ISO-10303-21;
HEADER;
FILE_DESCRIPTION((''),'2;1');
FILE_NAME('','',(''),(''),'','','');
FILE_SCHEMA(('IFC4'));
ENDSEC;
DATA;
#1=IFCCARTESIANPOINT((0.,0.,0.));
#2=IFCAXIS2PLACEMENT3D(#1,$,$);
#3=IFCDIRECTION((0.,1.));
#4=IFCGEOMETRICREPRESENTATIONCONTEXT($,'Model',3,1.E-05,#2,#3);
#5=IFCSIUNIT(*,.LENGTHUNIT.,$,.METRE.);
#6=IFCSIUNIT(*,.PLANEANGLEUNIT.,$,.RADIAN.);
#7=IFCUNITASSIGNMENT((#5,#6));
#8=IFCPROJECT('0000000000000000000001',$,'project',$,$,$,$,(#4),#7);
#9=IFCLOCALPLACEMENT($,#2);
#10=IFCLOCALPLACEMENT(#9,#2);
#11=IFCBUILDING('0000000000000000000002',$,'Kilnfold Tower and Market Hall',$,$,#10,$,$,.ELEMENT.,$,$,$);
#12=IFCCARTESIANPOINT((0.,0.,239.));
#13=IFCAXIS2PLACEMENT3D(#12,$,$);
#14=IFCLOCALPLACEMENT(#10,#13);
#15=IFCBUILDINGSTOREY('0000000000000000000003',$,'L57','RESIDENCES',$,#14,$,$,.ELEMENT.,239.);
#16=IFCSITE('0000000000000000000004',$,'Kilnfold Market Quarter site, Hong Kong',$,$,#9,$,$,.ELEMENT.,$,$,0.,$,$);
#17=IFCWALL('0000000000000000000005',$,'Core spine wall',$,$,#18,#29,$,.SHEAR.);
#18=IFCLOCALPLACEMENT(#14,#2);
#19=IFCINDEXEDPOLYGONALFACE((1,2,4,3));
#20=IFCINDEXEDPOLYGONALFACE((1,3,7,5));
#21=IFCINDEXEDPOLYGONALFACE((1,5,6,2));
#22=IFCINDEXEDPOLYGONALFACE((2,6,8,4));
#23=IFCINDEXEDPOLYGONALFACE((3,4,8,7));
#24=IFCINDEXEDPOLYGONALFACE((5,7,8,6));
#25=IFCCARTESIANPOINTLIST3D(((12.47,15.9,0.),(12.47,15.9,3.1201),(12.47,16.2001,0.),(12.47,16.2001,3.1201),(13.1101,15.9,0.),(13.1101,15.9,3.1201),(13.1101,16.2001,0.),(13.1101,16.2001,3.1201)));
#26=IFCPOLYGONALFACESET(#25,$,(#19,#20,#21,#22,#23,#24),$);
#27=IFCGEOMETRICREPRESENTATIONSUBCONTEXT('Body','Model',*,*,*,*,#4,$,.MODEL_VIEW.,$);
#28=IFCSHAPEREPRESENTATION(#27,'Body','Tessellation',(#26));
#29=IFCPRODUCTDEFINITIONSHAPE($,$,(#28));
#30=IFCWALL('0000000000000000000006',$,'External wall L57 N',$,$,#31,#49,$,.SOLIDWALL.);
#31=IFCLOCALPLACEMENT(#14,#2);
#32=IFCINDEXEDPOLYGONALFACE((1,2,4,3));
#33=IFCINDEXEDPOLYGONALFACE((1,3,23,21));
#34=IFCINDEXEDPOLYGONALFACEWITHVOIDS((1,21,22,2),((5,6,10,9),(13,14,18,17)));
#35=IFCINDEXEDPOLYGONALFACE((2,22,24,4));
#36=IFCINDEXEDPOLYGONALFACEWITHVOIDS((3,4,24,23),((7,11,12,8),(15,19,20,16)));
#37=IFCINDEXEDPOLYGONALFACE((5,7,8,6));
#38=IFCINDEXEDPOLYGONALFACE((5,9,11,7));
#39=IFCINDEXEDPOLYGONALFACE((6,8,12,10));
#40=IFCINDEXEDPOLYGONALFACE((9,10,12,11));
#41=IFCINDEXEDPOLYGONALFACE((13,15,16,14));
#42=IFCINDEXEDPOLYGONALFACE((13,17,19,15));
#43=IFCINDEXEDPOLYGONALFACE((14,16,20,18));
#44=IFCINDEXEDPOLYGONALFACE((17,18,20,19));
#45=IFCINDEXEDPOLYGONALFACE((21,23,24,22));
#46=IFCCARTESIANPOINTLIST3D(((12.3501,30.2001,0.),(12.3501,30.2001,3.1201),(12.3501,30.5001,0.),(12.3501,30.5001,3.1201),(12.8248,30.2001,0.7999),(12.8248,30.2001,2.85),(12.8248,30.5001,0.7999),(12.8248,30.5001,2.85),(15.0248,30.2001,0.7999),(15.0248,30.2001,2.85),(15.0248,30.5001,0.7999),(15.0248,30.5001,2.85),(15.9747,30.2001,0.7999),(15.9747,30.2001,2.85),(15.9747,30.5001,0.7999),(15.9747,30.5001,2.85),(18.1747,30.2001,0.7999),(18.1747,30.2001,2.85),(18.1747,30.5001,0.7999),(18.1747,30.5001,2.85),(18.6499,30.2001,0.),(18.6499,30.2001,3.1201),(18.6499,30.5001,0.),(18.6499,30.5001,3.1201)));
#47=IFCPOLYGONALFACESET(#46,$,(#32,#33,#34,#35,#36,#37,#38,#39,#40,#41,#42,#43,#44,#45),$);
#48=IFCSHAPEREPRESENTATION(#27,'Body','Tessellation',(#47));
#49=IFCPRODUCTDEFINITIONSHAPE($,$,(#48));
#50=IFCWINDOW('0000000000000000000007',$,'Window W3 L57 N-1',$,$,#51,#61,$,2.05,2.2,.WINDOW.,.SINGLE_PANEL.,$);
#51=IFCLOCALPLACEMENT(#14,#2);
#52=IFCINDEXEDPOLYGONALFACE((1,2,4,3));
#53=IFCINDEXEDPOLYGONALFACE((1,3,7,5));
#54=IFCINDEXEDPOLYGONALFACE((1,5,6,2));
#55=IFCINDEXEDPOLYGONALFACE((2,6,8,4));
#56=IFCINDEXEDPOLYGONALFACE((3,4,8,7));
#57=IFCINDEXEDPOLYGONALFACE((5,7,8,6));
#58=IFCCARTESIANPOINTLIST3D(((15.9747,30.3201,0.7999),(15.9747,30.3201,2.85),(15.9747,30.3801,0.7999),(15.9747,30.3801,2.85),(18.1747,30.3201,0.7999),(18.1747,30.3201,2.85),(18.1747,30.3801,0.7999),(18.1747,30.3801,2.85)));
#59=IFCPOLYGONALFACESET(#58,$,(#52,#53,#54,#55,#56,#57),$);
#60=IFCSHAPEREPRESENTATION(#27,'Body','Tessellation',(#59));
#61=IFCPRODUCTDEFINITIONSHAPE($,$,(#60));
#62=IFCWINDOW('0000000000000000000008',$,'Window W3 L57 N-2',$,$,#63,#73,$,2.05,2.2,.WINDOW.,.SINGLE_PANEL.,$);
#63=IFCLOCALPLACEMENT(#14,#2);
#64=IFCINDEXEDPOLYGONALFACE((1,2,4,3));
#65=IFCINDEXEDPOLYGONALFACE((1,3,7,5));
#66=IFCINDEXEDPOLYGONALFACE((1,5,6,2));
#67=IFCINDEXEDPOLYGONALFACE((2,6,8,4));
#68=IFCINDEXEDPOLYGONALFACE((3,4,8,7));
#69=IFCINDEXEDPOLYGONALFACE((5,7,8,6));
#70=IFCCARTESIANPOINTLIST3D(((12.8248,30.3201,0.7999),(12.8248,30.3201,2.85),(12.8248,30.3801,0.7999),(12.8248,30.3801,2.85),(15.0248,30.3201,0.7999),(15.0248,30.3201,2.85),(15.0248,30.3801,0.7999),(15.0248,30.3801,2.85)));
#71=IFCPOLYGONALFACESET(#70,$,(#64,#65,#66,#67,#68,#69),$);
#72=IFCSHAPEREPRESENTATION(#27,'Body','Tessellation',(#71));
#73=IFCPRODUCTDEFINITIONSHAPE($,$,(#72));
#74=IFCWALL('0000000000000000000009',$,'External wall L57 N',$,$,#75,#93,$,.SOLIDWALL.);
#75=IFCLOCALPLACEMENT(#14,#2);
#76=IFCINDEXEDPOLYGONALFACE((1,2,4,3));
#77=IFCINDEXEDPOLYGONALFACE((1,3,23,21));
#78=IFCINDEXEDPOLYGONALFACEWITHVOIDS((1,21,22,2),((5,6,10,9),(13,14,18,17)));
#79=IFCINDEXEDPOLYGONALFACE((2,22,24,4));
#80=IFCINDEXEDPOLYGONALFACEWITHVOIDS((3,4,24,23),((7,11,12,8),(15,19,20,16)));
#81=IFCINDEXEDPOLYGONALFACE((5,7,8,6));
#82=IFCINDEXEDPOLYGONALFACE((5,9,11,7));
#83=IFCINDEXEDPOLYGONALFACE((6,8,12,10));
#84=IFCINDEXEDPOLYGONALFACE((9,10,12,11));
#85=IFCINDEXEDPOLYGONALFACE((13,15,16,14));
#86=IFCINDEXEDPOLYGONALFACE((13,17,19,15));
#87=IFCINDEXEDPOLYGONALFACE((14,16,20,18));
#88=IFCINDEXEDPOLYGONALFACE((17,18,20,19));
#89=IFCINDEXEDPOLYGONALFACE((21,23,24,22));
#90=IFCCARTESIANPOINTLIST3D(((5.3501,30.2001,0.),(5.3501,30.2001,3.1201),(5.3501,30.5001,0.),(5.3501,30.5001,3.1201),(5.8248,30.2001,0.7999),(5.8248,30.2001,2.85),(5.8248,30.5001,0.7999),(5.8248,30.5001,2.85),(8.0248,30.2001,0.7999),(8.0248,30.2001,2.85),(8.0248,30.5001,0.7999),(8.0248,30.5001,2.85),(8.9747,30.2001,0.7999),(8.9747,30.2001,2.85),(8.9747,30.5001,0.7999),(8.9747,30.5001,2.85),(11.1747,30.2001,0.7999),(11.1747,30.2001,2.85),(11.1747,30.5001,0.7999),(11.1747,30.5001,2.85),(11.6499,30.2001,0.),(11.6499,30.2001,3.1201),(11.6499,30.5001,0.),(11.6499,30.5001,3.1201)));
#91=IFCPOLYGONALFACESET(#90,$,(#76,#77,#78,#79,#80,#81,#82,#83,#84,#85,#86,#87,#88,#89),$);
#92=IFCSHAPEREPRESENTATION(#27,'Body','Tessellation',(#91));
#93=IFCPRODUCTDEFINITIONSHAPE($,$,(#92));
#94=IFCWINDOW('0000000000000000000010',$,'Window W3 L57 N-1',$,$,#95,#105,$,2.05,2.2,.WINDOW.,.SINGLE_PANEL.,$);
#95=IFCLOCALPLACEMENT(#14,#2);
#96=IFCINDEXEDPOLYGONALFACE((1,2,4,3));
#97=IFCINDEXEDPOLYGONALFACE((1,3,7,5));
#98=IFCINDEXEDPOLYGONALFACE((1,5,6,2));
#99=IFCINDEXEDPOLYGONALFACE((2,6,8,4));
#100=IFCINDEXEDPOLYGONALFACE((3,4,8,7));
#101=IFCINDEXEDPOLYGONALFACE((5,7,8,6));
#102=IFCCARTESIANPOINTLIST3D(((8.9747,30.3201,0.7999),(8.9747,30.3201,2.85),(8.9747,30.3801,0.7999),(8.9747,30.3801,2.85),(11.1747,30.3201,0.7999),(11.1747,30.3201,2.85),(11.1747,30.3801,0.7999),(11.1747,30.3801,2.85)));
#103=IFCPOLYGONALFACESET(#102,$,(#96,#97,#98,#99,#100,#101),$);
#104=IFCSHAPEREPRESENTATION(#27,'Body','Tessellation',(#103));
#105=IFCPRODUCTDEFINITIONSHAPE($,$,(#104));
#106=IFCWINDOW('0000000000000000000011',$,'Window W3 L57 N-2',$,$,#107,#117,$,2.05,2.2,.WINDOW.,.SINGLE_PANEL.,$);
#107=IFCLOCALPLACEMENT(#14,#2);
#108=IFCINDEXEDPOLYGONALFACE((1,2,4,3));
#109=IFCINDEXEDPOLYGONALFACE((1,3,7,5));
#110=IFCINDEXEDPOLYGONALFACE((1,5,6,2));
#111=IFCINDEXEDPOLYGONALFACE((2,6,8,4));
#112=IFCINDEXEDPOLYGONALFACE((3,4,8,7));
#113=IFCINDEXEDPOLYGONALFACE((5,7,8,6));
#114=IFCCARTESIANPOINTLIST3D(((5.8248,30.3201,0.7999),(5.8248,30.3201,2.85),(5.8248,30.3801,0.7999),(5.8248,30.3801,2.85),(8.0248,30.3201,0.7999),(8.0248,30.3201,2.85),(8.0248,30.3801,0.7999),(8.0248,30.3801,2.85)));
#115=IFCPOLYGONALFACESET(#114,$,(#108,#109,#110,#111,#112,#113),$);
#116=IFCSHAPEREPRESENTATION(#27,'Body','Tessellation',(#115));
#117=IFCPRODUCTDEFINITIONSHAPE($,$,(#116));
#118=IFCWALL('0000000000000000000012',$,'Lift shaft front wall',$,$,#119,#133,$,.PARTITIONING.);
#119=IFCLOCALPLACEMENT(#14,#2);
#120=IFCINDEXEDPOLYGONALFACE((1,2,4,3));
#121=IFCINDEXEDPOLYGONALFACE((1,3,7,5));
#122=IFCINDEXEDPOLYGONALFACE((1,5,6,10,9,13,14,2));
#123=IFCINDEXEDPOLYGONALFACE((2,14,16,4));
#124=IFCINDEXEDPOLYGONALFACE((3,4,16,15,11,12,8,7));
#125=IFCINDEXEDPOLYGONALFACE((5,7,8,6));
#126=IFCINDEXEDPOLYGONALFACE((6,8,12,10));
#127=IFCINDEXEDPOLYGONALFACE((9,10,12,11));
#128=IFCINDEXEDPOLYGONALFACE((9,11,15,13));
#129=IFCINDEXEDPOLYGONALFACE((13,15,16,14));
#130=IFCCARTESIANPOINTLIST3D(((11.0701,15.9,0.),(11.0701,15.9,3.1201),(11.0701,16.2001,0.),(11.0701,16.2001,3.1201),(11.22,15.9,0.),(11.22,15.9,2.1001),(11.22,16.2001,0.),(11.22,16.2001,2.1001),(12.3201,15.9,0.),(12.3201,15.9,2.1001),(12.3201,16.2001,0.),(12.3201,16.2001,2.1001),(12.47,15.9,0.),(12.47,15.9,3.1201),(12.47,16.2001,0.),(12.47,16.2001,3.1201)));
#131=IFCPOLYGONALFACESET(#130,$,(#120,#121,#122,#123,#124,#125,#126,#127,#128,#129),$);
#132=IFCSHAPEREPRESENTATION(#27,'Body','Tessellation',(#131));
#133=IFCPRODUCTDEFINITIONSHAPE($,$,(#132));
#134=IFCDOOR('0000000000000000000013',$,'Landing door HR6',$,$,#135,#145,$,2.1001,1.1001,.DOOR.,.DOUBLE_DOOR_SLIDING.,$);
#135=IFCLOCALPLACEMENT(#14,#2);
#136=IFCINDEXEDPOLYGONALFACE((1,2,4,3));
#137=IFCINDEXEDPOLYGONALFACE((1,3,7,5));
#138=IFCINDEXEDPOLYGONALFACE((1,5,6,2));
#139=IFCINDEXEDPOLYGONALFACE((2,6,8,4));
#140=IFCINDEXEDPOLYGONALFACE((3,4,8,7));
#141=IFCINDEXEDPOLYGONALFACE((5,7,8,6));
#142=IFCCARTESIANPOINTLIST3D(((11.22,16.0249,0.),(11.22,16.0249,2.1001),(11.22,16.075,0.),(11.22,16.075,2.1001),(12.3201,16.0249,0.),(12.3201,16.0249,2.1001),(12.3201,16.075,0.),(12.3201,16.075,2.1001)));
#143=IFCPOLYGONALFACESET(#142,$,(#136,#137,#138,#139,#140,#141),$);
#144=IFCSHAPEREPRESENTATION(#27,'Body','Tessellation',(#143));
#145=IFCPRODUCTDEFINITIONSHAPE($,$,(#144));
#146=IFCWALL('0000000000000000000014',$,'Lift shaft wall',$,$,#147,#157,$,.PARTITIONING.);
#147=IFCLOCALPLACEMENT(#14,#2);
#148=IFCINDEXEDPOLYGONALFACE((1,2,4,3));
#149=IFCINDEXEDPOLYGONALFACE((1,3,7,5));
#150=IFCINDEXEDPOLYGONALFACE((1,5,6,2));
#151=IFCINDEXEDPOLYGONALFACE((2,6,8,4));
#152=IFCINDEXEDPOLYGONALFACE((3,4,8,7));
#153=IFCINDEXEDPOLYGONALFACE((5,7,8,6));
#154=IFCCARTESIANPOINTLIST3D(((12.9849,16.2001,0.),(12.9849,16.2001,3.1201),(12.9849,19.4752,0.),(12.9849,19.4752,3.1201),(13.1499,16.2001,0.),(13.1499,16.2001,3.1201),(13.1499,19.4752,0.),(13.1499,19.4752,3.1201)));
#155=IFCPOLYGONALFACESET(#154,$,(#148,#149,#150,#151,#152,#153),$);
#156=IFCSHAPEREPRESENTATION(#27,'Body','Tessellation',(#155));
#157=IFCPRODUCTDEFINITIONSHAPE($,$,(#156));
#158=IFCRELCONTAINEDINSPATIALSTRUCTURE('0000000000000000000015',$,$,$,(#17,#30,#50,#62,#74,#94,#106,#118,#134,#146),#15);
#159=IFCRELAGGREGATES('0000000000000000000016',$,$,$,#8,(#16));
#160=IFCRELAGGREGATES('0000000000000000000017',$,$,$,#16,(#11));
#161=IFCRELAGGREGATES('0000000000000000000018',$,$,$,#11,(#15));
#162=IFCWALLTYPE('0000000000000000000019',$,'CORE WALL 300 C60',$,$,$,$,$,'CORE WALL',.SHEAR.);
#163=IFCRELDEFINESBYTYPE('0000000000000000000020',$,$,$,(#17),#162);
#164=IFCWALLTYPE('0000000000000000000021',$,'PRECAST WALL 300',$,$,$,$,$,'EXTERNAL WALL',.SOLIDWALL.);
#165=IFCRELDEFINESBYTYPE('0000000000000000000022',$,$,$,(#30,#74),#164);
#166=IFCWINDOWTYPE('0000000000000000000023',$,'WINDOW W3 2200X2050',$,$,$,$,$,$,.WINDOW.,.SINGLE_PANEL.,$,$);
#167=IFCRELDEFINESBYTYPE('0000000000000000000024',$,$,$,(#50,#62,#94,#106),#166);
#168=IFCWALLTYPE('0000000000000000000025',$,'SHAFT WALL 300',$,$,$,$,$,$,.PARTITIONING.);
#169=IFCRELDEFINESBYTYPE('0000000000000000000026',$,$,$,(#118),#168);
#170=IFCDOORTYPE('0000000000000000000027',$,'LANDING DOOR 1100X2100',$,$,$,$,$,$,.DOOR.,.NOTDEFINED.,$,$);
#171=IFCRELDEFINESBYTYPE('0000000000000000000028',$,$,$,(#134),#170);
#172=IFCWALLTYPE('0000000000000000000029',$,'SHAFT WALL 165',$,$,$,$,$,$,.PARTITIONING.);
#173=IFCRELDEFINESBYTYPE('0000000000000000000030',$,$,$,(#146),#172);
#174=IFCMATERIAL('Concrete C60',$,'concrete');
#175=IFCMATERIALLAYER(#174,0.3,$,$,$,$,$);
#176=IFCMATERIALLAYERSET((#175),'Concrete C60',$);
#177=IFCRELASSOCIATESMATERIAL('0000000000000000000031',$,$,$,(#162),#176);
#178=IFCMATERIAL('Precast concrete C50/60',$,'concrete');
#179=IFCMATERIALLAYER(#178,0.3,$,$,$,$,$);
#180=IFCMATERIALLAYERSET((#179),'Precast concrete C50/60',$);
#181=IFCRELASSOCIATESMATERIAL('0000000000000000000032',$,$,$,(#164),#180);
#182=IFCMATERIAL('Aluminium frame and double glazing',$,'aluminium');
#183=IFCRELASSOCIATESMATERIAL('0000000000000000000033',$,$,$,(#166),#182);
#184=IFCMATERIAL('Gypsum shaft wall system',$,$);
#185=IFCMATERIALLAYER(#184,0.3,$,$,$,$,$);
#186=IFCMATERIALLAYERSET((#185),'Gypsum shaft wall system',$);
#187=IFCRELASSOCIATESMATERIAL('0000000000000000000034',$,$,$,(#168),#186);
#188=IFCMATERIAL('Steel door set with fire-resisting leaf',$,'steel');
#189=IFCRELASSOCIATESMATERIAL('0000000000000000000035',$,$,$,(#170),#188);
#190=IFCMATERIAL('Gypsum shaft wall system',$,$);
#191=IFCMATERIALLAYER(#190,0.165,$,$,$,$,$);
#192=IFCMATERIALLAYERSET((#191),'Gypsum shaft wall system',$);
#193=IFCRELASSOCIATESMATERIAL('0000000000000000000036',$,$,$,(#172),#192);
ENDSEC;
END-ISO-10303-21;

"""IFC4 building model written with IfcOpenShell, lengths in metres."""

from ifc_helpers import new_model, si_unit, direction, frame, frame_2d, origin, place, context, subcontext, project, spatial, rectangle, extrude, source, transform, mapped, material, layer, layer_set, type_object, element, fill, save


model = new_model("IFC4")

# Units and contexts
model_context = context("Model", 3, precision=1e-05, world=origin(), true_north=direction((0.0, 1.0)))
body_context = subcontext(model_context, "Body", "Model", "MODEL_VIEW")
ifc_project = project(units=[si_unit("LENGTHUNIT", "METRE"), si_unit("PLANEANGLEUNIT", "RADIAN")], contexts=[model_context])

# Site, building, storey
site_placement = place(None, origin())
site = spatial("IfcSite", under=ifc_project, at=site_placement, Name="Kilnfold Market Quarter site, Hong Kong", CompositionType="ELEMENT", RefElevation=0.0)
building_placement = place(site_placement, origin())
building = spatial("IfcBuilding", under=site, at=building_placement, Name="Kilnfold Tower and Market Hall", CompositionType="ELEMENT")
storey_placement = place(building_placement, frame((0.0, 0.0, 239.0)))
storey = spatial("IfcBuildingStorey", under=building, at=storey_placement, Name="L57", Description="RESIDENCES", CompositionType="ELEMENT", Elevation=239.0)

# Wall
ifc_material_1 = material(Name="Concrete C60", Category="concrete")
ifc_layer_1 = layer(ifc_material_1, 0.3)
ifc_layer_set_1 = layer_set([ifc_layer_1], Name="Concrete C60")
wall_type_1 = type_object("IfcWallType", Name="CORE WALL 300 C60", ElementType="CORE WALL", PredefinedType="SHEAR", material=ifc_layer_set_1)
shared_shape_1 = source(origin(), body_context, "Body", "SweptSolid", [
    extrude(rectangle(XDim=0.6401, YDim=0.3, at=frame_2d((0.3201, 0.0))), origin(), (0.0, 0.0, 1.0), 3.1201),
])
wall_1_placement = place(storey_placement, frame((12.47, 16.05, 0.0), z_axis=(0.0, 0.0, 1.0), x_axis=(1.0, 0.0, 0.0)))
element("IfcWall", 1, at=wall_1_placement, inside=storey, type_object=wall_type_1, Name="Core spine wall", PredefinedType="SHEAR", context=body_context, shape_type="MappedRepresentation", body=[
    mapped(shared_shape_1, transform((0.0, 0.0, 0.0))),
])

# Walls, openings, windows
ifc_material_2 = material(Name="Precast concrete C50/60", Category="concrete")
ifc_layer_2 = layer(ifc_material_2, 0.3)
ifc_layer_set_2 = layer_set([ifc_layer_2], Name="Precast concrete C50/60")
wall_type_2 = type_object("IfcWallType", Name="PRECAST WALL 300", ElementType="EXTERNAL WALL", PredefinedType="SOLIDWALL", material=ifc_layer_set_2)
shared_shape_2 = source(origin(), body_context, "Body", "SweptSolid", [
    extrude(rectangle(XDim=6.2998, YDim=0.3, at=frame_2d((3.1499, 0.0))), origin(), (0.0, 0.0, 1.0), 3.1201),
])
wall_2_placement = place(storey_placement, frame((18.6499, 30.3501, 0.0), z_axis=(0.0, 0.0, 1.0), x_axis=(-1.0, 0.0, 0.0)))
wall_2 = element("IfcWall", 2, at=wall_2_placement, inside=storey, type_object=wall_type_2, Name="External wall L57 N", PredefinedType="SOLIDWALL", context=body_context, shape_type="MappedRepresentation", body=[
    mapped(shared_shape_2, transform((0.0, 0.0, 0.0))),
])
opening_1_placement = place(wall_2_placement, frame((0.4751, 0.0, 0.8)))
opening_1 = element("IfcOpeningElement", 3, at=opening_1_placement, cuts=wall_2, PredefinedType="OPENING", context=body_context, shape_type="SweptSolid", body=[
    extrude(rectangle(XDim=2.2, YDim=2.05, at=frame_2d((1.1001, 1.0249))), frame((0.0, 0.1602, 0.0), z_axis=(0.0, -1.0, 0.0), x_axis=(1.0, 0.0, 0.0)), (0.0, 0.0, 1.0), 0.3201),
])
opening_2_placement = place(wall_2_placement, frame((3.625, 0.0, 0.8)))
opening_2 = element("IfcOpeningElement", 4, at=opening_2_placement, cuts=wall_2, PredefinedType="OPENING", context=body_context, shape_type="SweptSolid", body=[
    extrude(rectangle(XDim=2.2, YDim=2.05, at=frame_2d((1.1001, 1.0249))), frame((0.0, 0.1602, 0.0), z_axis=(0.0, -1.0, 0.0), x_axis=(1.0, 0.0, 0.0)), (0.0, 0.0, 1.0), 0.3201),
])
ifc_material_3 = material(Name="Aluminium frame and double glazing", Category="aluminium")
window_type = type_object("IfcWindowType", Name="WINDOW W3 2200X2050", PartitioningType="SINGLE_PANEL", PredefinedType="WINDOW", material=ifc_material_3)
window_1_placement = place(opening_1_placement, origin())
window_1 = element("IfcWindow", 5, at=window_1_placement, inside=storey, type_object=window_type, Name="Window W3 L57 N-1", OverallHeight=2.05, OverallWidth=2.2, PartitioningType="SINGLE_PANEL", PredefinedType="WINDOW", context=body_context, shape_type="SweptSolid", body=[
    extrude(rectangle(XDim=2.2, YDim=2.05, at=frame_2d((1.1001, 1.0249))), frame((0.0, 0.03, 0.0), z_axis=(0.0, -1.0, 0.0), x_axis=(1.0, 0.0, 0.0)), (0.0, 0.0, 1.0), 0.0601),
])
fill(opening_1, window_1)
window_2_placement = place(opening_2_placement, origin())
window_2 = element("IfcWindow", 6, at=window_2_placement, inside=storey, type_object=window_type, Name="Window W3 L57 N-2", OverallHeight=2.05, OverallWidth=2.2, PartitioningType="SINGLE_PANEL", PredefinedType="WINDOW", context=body_context, shape_type="SweptSolid", body=[
    extrude(rectangle(XDim=2.2, YDim=2.05, at=frame_2d((1.1001, 1.0249))), frame((0.0, 0.03, 0.0), z_axis=(0.0, -1.0, 0.0), x_axis=(1.0, 0.0, 0.0)), (0.0, 0.0, 1.0), 0.0601),
])
fill(opening_2, window_2)
wall_3_placement = place(storey_placement, frame((11.6499, 30.3501, 0.0), z_axis=(0.0, 0.0, 1.0), x_axis=(-1.0, 0.0, 0.0)))
wall_3 = element("IfcWall", 7, at=wall_3_placement, inside=storey, type_object=wall_type_2, Name="External wall L57 N", PredefinedType="SOLIDWALL", context=body_context, shape_type="MappedRepresentation", body=[
    mapped(shared_shape_2, transform((0.0, 0.0, 0.0))),
])
opening_3_placement = place(wall_3_placement, frame((0.4751, 0.0, 0.8)))
opening_3 = element("IfcOpeningElement", 8, at=opening_3_placement, cuts=wall_3, PredefinedType="OPENING", context=body_context, shape_type="SweptSolid", body=[
    extrude(rectangle(XDim=2.2, YDim=2.05, at=frame_2d((1.1001, 1.0249))), frame((0.0, 0.1602, 0.0), z_axis=(0.0, -1.0, 0.0), x_axis=(1.0, 0.0, 0.0)), (0.0, 0.0, 1.0), 0.3201),
])
opening_4_placement = place(wall_3_placement, frame((3.625, 0.0, 0.8)))
opening_4 = element("IfcOpeningElement", 9, at=opening_4_placement, cuts=wall_3, PredefinedType="OPENING", context=body_context, shape_type="SweptSolid", body=[
    extrude(rectangle(XDim=2.2, YDim=2.05, at=frame_2d((1.1001, 1.0249))), frame((0.0, 0.1602, 0.0), z_axis=(0.0, -1.0, 0.0), x_axis=(1.0, 0.0, 0.0)), (0.0, 0.0, 1.0), 0.3201),
])
window_3_placement = place(opening_3_placement, origin())
window_3 = element("IfcWindow", 10, at=window_3_placement, inside=storey, type_object=window_type, Name="Window W3 L57 N-1", OverallHeight=2.05, OverallWidth=2.2, PartitioningType="SINGLE_PANEL", PredefinedType="WINDOW", context=body_context, shape_type="SweptSolid", body=[
    extrude(rectangle(XDim=2.2, YDim=2.05, at=frame_2d((1.1001, 1.0249))), frame((0.0, 0.03, 0.0), z_axis=(0.0, -1.0, 0.0), x_axis=(1.0, 0.0, 0.0)), (0.0, 0.0, 1.0), 0.0601),
])
fill(opening_3, window_3)
window_4_placement = place(opening_4_placement, origin())
window_4 = element("IfcWindow", 11, at=window_4_placement, inside=storey, type_object=window_type, Name="Window W3 L57 N-2", OverallHeight=2.05, OverallWidth=2.2, PartitioningType="SINGLE_PANEL", PredefinedType="WINDOW", context=body_context, shape_type="SweptSolid", body=[
    extrude(rectangle(XDim=2.2, YDim=2.05, at=frame_2d((1.1001, 1.0249))), frame((0.0, 0.03, 0.0), z_axis=(0.0, -1.0, 0.0), x_axis=(1.0, 0.0, 0.0)), (0.0, 0.0, 1.0), 0.0601),
])
fill(opening_4, window_4)

# Wall, opening, door
ifc_material_4 = material(Name="Gypsum shaft wall system")
ifc_layer_3 = layer(ifc_material_4, 0.3)
ifc_layer_set_3 = layer_set([ifc_layer_3], Name="Gypsum shaft wall system")
wall_type_3 = type_object("IfcWallType", Name="SHAFT WALL 300", PredefinedType="PARTITIONING", material=ifc_layer_set_3)
shared_shape_3 = source(origin(), body_context, "Body", "SweptSolid", [
    extrude(rectangle(XDim=1.3999, YDim=0.3, at=frame_2d((0.7, 0.0))), origin(), (0.0, 0.0, 1.0), 3.1201),
])
wall_4_placement = place(storey_placement, frame((11.0701, 16.05, 0.0), z_axis=(0.0, 0.0, 1.0), x_axis=(1.0, 0.0, 0.0)))
wall_4 = element("IfcWall", 12, at=wall_4_placement, inside=storey, type_object=wall_type_3, Name="Lift shaft front wall", PredefinedType="PARTITIONING", context=body_context, shape_type="MappedRepresentation", body=[
    mapped(shared_shape_3, transform((0.0, 0.0, 0.0))),
])
opening_5_placement = place(wall_4_placement, frame((0.1499, 0.0, 0.0)))
opening_5 = element("IfcOpeningElement", 13, at=opening_5_placement, cuts=wall_4, PredefinedType="OPENING", context=body_context, shape_type="SweptSolid", body=[
    extrude(rectangle(XDim=1.1001, YDim=2.1001, at=frame_2d((0.55, 1.05))), frame((0.0, 0.1602, 0.0), z_axis=(0.0, -1.0, 0.0), x_axis=(1.0, 0.0, 0.0)), (0.0, 0.0, 1.0), 0.3201),
])
ifc_material_5 = material(Name="Steel door set with fire-resisting leaf", Category="steel")
door_type_1 = type_object("IfcDoorType", Name="LANDING DOOR 1100X2100", OperationType="NOTDEFINED", PredefinedType="DOOR", material=ifc_material_5)
door_1_placement = place(opening_5_placement, origin())
door_1 = element("IfcDoor", 14, at=door_1_placement, inside=storey, type_object=door_type_1, Name="Landing door HR6", OperationType="DOUBLE_DOOR_SLIDING", OverallHeight=2.1001, OverallWidth=1.1001, PredefinedType="DOOR", context=body_context, shape_type="SweptSolid", body=[
    extrude(rectangle(XDim=1.1001, YDim=2.1001, at=frame_2d((0.55, 1.05))), frame((0.0, 0.0249, 0.0), z_axis=(0.0, -1.0, 0.0), x_axis=(1.0, 0.0, 0.0)), (0.0, 0.0, 1.0), 0.05),
])
fill(opening_5, door_1)

# Wall
ifc_material_6 = material(Name="Gypsum shaft wall system")
ifc_layer_4 = layer(ifc_material_6, 0.165)
ifc_layer_set_4 = layer_set([ifc_layer_4], Name="Gypsum shaft wall system")
wall_type_4 = type_object("IfcWallType", Name="SHAFT WALL 165", PredefinedType="PARTITIONING", material=ifc_layer_set_4)
shared_shape_4 = source(origin(), body_context, "Body", "SweptSolid", [
    extrude(rectangle(XDim=3.2751, YDim=0.165, at=frame_2d((1.6377, 0.0))), origin(), (0.0, 0.0, 1.0), 3.1201),
])
wall_5_placement = place(storey_placement, frame((13.0674, 16.2, 0.0), z_axis=(0.0, 0.0, 1.0), x_axis=(0.0, 1.0, 0.0)))
element("IfcWall", 15, at=wall_5_placement, inside=storey, type_object=wall_type_4, Name="Lift shaft wall", PredefinedType="PARTITIONING", context=body_context, shape_type="MappedRepresentation", body=[
    mapped(shared_shape_4, transform((0.0, 0.0, 0.0))),
])

save(model, "model.ifc")
